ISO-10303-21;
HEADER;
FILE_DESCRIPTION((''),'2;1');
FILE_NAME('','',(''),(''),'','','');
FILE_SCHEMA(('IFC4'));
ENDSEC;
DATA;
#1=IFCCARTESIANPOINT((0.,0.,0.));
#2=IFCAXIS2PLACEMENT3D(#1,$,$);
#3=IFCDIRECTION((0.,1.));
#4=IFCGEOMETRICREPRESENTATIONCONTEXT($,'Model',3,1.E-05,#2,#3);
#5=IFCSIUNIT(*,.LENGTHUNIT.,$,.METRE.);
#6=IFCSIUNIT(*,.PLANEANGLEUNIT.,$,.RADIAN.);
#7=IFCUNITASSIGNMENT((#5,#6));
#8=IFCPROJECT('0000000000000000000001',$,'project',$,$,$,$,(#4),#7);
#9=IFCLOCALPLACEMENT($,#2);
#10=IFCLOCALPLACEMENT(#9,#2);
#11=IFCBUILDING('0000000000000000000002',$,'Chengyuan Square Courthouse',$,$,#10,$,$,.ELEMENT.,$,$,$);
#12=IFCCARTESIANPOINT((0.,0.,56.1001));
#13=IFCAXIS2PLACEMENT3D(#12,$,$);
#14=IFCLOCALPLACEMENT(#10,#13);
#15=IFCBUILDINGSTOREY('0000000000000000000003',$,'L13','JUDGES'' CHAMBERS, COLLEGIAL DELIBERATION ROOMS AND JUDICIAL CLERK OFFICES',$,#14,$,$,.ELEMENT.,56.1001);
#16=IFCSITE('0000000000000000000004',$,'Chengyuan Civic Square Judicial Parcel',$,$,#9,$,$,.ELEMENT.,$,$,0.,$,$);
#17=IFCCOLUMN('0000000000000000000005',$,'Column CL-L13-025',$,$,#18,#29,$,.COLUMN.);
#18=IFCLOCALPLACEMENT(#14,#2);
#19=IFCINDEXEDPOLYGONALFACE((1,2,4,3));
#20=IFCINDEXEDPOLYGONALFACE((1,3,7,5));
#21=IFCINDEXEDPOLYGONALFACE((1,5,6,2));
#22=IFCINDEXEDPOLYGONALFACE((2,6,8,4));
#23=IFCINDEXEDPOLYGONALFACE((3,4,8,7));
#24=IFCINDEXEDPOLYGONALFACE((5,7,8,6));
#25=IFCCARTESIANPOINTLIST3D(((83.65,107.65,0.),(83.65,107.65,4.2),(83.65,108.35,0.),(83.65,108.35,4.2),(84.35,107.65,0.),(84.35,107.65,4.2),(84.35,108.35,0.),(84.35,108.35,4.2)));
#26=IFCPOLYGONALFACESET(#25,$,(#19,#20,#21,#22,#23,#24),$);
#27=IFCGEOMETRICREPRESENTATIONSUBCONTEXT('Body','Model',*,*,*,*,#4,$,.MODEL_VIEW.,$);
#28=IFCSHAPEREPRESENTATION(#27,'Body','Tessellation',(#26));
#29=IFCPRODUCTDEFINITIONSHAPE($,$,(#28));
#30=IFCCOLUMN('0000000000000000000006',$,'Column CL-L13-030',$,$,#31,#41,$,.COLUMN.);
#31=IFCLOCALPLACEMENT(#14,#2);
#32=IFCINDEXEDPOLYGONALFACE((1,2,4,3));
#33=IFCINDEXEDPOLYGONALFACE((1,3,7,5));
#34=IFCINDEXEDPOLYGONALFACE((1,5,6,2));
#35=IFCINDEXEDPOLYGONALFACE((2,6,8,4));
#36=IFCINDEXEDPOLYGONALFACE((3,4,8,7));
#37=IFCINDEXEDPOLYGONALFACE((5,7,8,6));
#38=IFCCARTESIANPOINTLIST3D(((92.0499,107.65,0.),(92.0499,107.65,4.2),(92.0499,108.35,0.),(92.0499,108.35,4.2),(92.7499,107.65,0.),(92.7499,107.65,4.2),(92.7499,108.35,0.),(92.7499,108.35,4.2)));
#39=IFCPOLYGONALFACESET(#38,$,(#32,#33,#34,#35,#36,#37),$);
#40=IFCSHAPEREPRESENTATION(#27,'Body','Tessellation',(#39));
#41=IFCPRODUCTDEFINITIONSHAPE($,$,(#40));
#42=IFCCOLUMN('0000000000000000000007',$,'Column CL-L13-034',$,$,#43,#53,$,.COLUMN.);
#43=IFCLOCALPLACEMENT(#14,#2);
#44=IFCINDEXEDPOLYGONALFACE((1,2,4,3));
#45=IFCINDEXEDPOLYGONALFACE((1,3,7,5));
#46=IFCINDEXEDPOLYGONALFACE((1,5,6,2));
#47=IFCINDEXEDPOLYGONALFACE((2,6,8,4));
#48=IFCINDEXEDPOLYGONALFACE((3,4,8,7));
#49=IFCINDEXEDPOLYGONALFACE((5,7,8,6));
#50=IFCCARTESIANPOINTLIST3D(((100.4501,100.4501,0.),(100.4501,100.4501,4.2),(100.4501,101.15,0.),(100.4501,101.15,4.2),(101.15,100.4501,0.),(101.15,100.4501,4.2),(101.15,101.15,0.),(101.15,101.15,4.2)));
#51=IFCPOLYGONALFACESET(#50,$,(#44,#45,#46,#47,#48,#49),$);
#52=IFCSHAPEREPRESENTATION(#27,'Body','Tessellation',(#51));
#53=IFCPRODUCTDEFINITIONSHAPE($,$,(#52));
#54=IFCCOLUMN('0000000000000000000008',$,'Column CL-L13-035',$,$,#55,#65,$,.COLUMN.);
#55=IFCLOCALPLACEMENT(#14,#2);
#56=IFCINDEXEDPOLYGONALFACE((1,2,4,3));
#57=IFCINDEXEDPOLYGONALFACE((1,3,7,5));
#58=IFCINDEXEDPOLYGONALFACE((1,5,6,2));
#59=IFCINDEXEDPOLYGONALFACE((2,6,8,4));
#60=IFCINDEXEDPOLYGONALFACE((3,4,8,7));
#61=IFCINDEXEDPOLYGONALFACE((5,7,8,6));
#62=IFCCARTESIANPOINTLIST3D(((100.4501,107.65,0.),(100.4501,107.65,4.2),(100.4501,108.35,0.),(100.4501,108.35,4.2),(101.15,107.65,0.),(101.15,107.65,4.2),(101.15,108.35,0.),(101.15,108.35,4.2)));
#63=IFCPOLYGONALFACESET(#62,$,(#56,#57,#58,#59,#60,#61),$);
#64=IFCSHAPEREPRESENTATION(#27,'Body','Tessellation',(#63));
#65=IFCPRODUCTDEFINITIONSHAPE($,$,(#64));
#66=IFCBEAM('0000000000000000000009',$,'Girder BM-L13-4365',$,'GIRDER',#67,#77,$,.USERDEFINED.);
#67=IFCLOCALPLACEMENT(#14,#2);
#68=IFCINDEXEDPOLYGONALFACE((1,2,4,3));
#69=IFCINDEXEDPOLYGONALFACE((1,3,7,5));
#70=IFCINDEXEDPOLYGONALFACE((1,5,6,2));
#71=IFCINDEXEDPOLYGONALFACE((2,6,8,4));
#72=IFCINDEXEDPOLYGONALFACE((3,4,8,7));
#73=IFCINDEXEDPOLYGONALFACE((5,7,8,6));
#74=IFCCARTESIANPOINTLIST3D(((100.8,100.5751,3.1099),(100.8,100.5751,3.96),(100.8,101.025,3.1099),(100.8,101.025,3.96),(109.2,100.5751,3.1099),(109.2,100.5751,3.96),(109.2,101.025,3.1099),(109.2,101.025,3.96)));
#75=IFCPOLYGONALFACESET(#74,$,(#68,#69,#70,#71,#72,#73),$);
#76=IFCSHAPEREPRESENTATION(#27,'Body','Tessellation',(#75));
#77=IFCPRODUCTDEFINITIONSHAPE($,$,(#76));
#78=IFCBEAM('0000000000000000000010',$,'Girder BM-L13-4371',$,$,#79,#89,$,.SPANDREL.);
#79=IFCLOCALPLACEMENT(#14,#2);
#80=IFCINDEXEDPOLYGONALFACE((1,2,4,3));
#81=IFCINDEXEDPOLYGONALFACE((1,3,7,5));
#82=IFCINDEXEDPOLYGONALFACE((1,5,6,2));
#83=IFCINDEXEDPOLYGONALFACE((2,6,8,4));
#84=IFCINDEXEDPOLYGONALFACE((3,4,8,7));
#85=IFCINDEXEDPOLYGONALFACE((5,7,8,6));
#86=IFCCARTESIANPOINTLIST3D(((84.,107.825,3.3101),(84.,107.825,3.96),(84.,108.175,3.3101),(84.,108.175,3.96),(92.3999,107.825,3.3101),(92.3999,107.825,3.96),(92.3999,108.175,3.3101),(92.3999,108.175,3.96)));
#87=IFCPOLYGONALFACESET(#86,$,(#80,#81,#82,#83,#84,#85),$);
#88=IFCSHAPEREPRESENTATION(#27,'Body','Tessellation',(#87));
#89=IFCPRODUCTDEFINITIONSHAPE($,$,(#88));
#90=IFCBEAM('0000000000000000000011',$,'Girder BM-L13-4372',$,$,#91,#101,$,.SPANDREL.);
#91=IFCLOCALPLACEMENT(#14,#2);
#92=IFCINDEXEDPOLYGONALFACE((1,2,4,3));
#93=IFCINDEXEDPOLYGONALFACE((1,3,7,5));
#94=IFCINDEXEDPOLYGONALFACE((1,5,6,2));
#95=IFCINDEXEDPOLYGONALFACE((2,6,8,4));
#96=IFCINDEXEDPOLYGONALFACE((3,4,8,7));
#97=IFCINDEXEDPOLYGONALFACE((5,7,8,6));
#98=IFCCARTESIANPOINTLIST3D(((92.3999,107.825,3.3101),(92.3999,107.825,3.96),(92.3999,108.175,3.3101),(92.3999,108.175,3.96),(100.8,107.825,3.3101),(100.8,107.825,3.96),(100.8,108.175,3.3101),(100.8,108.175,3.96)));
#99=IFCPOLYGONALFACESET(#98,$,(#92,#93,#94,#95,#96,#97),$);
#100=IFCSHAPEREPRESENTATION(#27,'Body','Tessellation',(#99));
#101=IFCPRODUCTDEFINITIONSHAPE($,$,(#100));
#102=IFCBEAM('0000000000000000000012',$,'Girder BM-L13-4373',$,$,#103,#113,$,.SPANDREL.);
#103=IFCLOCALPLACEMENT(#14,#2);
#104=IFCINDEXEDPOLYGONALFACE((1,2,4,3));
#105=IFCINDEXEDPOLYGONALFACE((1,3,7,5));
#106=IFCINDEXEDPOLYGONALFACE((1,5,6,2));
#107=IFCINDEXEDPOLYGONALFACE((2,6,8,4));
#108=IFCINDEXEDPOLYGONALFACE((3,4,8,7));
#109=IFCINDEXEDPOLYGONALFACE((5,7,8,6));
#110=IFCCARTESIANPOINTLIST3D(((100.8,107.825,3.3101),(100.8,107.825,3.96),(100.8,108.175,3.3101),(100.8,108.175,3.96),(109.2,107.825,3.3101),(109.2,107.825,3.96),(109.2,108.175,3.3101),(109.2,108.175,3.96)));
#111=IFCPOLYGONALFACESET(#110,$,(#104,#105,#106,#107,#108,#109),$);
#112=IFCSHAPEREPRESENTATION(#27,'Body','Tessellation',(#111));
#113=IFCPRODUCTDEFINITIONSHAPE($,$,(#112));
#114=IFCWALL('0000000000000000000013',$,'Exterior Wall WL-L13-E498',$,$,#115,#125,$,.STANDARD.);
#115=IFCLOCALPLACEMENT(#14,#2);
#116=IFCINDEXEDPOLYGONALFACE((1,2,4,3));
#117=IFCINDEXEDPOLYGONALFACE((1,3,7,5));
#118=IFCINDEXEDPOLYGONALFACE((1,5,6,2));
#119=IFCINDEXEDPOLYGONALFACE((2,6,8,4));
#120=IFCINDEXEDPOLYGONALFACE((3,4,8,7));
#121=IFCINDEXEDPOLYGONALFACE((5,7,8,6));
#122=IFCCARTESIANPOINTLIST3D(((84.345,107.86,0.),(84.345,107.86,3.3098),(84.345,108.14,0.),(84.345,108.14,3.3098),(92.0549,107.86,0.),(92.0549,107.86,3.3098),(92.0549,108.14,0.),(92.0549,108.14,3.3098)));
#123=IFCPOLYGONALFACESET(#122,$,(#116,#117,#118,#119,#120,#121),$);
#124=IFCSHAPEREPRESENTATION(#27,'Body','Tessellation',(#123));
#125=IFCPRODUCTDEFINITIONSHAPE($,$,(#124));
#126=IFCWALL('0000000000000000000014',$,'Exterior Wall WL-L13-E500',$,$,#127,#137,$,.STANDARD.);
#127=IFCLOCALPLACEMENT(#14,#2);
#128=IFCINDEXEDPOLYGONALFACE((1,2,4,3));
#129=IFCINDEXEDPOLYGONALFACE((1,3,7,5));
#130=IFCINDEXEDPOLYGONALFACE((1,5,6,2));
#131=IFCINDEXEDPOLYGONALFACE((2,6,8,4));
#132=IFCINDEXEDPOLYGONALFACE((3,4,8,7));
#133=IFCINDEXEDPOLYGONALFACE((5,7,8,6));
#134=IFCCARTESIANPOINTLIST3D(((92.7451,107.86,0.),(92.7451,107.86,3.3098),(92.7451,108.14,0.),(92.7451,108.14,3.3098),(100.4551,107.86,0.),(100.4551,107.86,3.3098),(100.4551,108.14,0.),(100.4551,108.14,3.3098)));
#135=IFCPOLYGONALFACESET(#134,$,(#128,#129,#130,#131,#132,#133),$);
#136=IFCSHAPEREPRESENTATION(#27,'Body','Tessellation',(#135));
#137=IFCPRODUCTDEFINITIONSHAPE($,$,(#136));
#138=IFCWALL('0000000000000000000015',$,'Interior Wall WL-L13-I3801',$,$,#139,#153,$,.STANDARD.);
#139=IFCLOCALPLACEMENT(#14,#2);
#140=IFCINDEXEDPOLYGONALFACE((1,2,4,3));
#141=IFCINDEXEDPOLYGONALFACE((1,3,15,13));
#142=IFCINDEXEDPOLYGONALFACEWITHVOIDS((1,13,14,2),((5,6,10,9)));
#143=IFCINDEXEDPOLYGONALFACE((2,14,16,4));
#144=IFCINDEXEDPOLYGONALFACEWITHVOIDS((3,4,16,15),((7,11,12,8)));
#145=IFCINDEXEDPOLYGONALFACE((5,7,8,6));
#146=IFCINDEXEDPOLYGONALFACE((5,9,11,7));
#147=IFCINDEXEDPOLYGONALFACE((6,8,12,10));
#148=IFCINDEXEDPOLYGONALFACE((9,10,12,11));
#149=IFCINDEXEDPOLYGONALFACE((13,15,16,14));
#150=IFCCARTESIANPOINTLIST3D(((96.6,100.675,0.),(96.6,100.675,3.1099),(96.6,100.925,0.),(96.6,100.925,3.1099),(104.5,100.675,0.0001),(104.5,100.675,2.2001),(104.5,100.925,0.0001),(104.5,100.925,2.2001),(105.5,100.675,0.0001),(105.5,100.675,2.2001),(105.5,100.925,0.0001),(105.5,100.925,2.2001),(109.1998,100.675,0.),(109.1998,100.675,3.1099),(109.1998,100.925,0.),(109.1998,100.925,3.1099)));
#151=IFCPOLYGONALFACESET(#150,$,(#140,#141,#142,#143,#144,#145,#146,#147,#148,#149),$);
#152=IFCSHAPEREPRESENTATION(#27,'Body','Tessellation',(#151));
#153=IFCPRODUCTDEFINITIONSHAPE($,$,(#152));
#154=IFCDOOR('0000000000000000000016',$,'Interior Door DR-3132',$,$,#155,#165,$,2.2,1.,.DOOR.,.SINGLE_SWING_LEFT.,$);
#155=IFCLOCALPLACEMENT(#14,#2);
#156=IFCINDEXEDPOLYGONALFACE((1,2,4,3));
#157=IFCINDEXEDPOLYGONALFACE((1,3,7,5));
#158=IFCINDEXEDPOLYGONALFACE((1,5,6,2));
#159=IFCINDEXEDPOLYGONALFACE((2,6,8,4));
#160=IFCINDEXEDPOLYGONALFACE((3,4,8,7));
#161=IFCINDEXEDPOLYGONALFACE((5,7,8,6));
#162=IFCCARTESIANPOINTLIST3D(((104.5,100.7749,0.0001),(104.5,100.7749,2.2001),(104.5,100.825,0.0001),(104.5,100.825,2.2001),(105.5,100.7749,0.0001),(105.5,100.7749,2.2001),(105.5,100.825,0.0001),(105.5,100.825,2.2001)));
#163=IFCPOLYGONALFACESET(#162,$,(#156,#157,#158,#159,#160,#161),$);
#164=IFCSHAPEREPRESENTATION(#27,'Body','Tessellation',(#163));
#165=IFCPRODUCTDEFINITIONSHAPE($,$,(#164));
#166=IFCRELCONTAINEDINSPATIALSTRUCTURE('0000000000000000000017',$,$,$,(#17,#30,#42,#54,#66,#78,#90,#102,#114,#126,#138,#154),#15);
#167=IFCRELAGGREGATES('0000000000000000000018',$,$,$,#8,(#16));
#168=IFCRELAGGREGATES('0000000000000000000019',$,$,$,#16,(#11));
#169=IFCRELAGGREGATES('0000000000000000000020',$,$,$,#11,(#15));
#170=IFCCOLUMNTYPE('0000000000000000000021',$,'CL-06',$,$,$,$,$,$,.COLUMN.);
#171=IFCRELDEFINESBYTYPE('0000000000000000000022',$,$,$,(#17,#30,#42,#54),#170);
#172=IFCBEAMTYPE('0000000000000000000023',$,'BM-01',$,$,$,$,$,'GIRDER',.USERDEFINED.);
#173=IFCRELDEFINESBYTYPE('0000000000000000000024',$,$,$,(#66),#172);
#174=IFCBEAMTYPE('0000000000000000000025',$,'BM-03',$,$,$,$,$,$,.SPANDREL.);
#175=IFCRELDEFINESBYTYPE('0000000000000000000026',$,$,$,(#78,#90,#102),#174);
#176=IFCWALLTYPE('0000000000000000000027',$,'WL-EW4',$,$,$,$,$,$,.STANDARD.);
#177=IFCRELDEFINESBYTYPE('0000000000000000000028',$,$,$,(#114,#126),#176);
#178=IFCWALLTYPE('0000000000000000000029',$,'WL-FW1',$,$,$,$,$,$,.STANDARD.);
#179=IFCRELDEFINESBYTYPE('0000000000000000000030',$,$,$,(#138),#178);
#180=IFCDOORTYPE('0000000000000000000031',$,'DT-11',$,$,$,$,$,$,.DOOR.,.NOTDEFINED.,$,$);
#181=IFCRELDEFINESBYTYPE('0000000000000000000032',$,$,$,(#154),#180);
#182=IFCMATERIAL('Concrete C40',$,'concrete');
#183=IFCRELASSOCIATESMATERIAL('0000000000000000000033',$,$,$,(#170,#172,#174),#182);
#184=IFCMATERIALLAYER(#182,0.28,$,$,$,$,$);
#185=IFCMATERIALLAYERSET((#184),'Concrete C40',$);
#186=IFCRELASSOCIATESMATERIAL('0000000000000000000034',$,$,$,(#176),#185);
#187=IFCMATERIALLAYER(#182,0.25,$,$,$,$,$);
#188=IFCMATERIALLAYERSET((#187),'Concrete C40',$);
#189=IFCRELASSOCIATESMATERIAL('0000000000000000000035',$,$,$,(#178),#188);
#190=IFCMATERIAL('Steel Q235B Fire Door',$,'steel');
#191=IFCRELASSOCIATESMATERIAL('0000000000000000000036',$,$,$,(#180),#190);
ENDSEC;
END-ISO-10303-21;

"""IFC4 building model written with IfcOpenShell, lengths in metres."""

from ifc_helpers import new_model, si_unit, direction, frame, frame_2d, origin, origin_2d, place, context, subcontext, project, spatial, rectangle, extrude, material, layer, layer_set, material_profile, profile_set, type_object, element, fill, save


model = new_model("IFC4")

# Units and contexts
model_context = context("Model", 3, precision=1e-05, world=origin(), true_north=direction((0.0, 1.0)))
body_context = subcontext(model_context, "Body", "Model", "MODEL_VIEW")
ifc_project = project(units=[si_unit("LENGTHUNIT", "METRE"), si_unit("PLANEANGLEUNIT", "RADIAN")], contexts=[model_context])

# Site, building, storey
site_placement = place(None, origin())
site = spatial("IfcSite", under=ifc_project, at=site_placement, Name="Chengyuan Civic Square Judicial Parcel", CompositionType="ELEMENT", RefElevation=0.0)
building_placement = place(site_placement, origin())
building = spatial("IfcBuilding", under=site, at=building_placement, Name="Chengyuan Square Courthouse", CompositionType="ELEMENT")
storey_placement = place(building_placement, frame((0.0, 0.0, 56.1001)))
storey = spatial("IfcBuildingStorey", under=building, at=storey_placement, Name="L13", Description="JUDGES' CHAMBERS, COLLEGIAL DELIBERATION ROOMS AND JUDICIAL CLERK OFFICES", CompositionType="ELEMENT", Elevation=56.1001)

# Columns
ifc_material_1 = material(Name="Concrete C40", Category="concrete")
ifc_material_profile_1 = material_profile(ifc_material_1, rectangle(XDim=0.7, YDim=0.7, at=origin_2d()), Name="RC-COL-700x700")
ifc_profile_set_1 = profile_set([ifc_material_profile_1], Name="Concrete C40")
column_type = type_object("IfcColumnType", Name="CL-06", PredefinedType="COLUMN", material=ifc_profile_set_1)
for number, where, z_axis, x_axis, name in (
    (1, (84.0, 108.0, 0.0), (0.0, 0.0, 1.0), (1.0, 0.0, 0.0), "Column CL-L13-025"),
    (2, (92.3999, 108.0, 0.0), (0.0, 0.0, 1.0), (1.0, 0.0, 0.0), "Column CL-L13-030"),
    (3, (100.8, 100.8, 0.0), (0.0, 0.0, 1.0), (1.0, 0.0, 0.0), "Column CL-L13-034"),
    (4, (100.8, 108.0, 0.0), (0.0, 0.0, 1.0), (1.0, 0.0, 0.0), "Column CL-L13-035"),
):
    element("IfcColumn", number, at=place(storey_placement, frame(where, z_axis=z_axis, x_axis=x_axis)), inside=storey, type_object=column_type, Name=name, PredefinedType="COLUMN", context=body_context, shape_type="SweptSolid", body=[
        extrude(rectangle(XDim=0.7, YDim=0.7, at=origin_2d()), origin(), (0.0, 0.0, 1.0), 4.2),
    ])

# Beams
ifc_material_profile_2 = material_profile(ifc_material_1, rectangle(XDim=0.45, YDim=0.8501, at=origin_2d()), Name="RC-BM-450x850")
ifc_profile_set_2 = profile_set([ifc_material_profile_2], Name="Concrete C40")
beam_type_1 = type_object("IfcBeamType", Name="BM-01", ElementType="GIRDER", PredefinedType="USERDEFINED", material=ifc_profile_set_2)
beam_1_placement = place(storey_placement, frame((100.8, 100.8, 3.5349), z_axis=(1.0, 0.0, 0.0), x_axis=(0.0, 1.0, 0.0)))
element("IfcBeam", 5, at=beam_1_placement, inside=storey, type_object=beam_type_1, Name="Girder BM-L13-4365", ObjectType="GIRDER", PredefinedType="USERDEFINED", context=body_context, shape_type="SweptSolid", body=[
    extrude(rectangle(XDim=0.45, YDim=0.8501, at=origin_2d()), origin(), (0.0, 0.0, 1.0), 8.3999),
])
ifc_material_profile_3 = material_profile(ifc_material_1, rectangle(XDim=0.3501, YDim=0.6499, at=origin_2d()), Name="RC-BM-350x650")
ifc_profile_set_3 = profile_set([ifc_material_profile_3], Name="Concrete C40")
beam_type_2 = type_object("IfcBeamType", Name="BM-03", PredefinedType="SPANDREL", material=ifc_profile_set_3)
beam_2_placement = place(storey_placement, frame((84.0, 108.0, 3.635), z_axis=(1.0, 0.0, 0.0), x_axis=(0.0, 1.0, 0.0)))
element("IfcBeam", 6, at=beam_2_placement, inside=storey, type_object=beam_type_2, Name="Girder BM-L13-4371", PredefinedType="SPANDREL", context=body_context, shape_type="SweptSolid", body=[
    extrude(rectangle(XDim=0.3501, YDim=0.6499, at=origin_2d()), origin(), (0.0, 0.0, 1.0), 8.3999),
])
beam_3_placement = place(storey_placement, frame((92.3999, 108.0, 3.635), z_axis=(1.0, 0.0, 0.0), x_axis=(0.0, 1.0, 0.0)))
element("IfcBeam", 7, at=beam_3_placement, inside=storey, type_object=beam_type_2, Name="Girder BM-L13-4372", PredefinedType="SPANDREL", context=body_context, shape_type="SweptSolid", body=[
    extrude(rectangle(XDim=0.3501, YDim=0.6499, at=origin_2d()), origin(), (0.0, 0.0, 1.0), 8.4001),
])
beam_4_placement = place(storey_placement, frame((100.8, 108.0, 3.635), z_axis=(1.0, 0.0, 0.0), x_axis=(0.0, 1.0, 0.0)))
element("IfcBeam", 8, at=beam_4_placement, inside=storey, type_object=beam_type_2, Name="Girder BM-L13-4373", PredefinedType="SPANDREL", context=body_context, shape_type="SweptSolid", body=[
    extrude(rectangle(XDim=0.3501, YDim=0.6499, at=origin_2d()), origin(), (0.0, 0.0, 1.0), 8.3999),
])

# Walls
ifc_layer_1 = layer(ifc_material_1, 0.28)
ifc_layer_set_1 = layer_set([ifc_layer_1], Name="Concrete C40")
wall_type_1 = type_object("IfcWallType", Name="WL-EW4", PredefinedType="STANDARD", material=ifc_layer_set_1)
for number, where, z_axis, x_axis, name in (
    (9, (84.345, 108.0, 0.0), (0.0, 0.0, 1.0), (1.0, 0.0, 0.0), "Exterior Wall WL-L13-E498"),
    (10, (92.7451, 108.0, 0.0), (0.0, 0.0, 1.0), (1.0, 0.0, 0.0), "Exterior Wall WL-L13-E500"),
):
    element("IfcWall", number, at=place(storey_placement, frame(where, z_axis=z_axis, x_axis=x_axis)), inside=storey, type_object=wall_type_1, Name=name, PredefinedType="STANDARD", context=body_context, shape_type="SweptSolid", body=[
        extrude(rectangle(XDim=7.71, YDim=0.28, at=frame_2d((3.855, 0.0))), origin(), (0.0, 0.0, 1.0), 3.3098),
    ])

# Wall, opening, door
ifc_layer_2 = layer(ifc_material_1, 0.25)
ifc_layer_set_2 = layer_set([ifc_layer_2], Name="Concrete C40")
wall_type_2 = type_object("IfcWallType", Name="WL-FW1", PredefinedType="STANDARD", material=ifc_layer_set_2)
wall_1_placement = place(storey_placement, frame((96.6001, 100.8, 0.0), z_axis=(0.0, 0.0, 1.0), x_axis=(1.0, 0.0, 0.0)))
wall_1 = element("IfcWall", 11, at=wall_1_placement, inside=storey, type_object=wall_type_2, Name="Interior Wall WL-L13-I3801", PredefinedType="STANDARD", context=body_context, shape_type="SweptSolid", body=[
    extrude(rectangle(XDim=12.5999, YDim=0.25, at=frame_2d((6.2998, 0.0))), origin(), (0.0, 0.0, 1.0), 3.1099),
])
opening_1_placement = place(wall_1_placement, frame((7.8999, 0.0, 0.0)))
opening_1 = element("IfcOpeningElement", 12, at=opening_1_placement, cuts=wall_1, PredefinedType="OPENING", context=body_context, shape_type="SweptSolid", body=[
    extrude(rectangle(XDim=1.0, YDim=2.2, at=frame_2d((0.5, 1.1001))), frame((0.0, 0.137, 0.0), z_axis=(0.0, -1.0, 0.0), x_axis=(1.0, 0.0, 0.0)), (0.0, 0.0, 1.0), 0.2739),
])
ifc_material_2 = material(Name="Steel Q235B Fire Door", Category="steel")
door_type_1 = type_object("IfcDoorType", Name="DT-11", OperationType="NOTDEFINED", PredefinedType="DOOR", material=ifc_material_2)
door_1_placement = place(opening_1_placement, origin())
door_1 = element("IfcDoor", 13, at=door_1_placement, inside=storey, type_object=door_type_1, Name="Interior Door DR-3132", OperationType="SINGLE_SWING_LEFT", OverallHeight=2.2, OverallWidth=1.0, PredefinedType="DOOR", context=body_context, shape_type="SweptSolid", body=[
    extrude(rectangle(XDim=1.0, YDim=2.2, at=frame_2d((0.5, 1.1001))), frame((0.0, 0.0249, 0.0), z_axis=(0.0, -1.0, 0.0), x_axis=(1.0, 0.0, 0.0)), (0.0, 0.0, 1.0), 0.05),
])
fill(opening_1, door_1)

save(model, "model.ifc")
